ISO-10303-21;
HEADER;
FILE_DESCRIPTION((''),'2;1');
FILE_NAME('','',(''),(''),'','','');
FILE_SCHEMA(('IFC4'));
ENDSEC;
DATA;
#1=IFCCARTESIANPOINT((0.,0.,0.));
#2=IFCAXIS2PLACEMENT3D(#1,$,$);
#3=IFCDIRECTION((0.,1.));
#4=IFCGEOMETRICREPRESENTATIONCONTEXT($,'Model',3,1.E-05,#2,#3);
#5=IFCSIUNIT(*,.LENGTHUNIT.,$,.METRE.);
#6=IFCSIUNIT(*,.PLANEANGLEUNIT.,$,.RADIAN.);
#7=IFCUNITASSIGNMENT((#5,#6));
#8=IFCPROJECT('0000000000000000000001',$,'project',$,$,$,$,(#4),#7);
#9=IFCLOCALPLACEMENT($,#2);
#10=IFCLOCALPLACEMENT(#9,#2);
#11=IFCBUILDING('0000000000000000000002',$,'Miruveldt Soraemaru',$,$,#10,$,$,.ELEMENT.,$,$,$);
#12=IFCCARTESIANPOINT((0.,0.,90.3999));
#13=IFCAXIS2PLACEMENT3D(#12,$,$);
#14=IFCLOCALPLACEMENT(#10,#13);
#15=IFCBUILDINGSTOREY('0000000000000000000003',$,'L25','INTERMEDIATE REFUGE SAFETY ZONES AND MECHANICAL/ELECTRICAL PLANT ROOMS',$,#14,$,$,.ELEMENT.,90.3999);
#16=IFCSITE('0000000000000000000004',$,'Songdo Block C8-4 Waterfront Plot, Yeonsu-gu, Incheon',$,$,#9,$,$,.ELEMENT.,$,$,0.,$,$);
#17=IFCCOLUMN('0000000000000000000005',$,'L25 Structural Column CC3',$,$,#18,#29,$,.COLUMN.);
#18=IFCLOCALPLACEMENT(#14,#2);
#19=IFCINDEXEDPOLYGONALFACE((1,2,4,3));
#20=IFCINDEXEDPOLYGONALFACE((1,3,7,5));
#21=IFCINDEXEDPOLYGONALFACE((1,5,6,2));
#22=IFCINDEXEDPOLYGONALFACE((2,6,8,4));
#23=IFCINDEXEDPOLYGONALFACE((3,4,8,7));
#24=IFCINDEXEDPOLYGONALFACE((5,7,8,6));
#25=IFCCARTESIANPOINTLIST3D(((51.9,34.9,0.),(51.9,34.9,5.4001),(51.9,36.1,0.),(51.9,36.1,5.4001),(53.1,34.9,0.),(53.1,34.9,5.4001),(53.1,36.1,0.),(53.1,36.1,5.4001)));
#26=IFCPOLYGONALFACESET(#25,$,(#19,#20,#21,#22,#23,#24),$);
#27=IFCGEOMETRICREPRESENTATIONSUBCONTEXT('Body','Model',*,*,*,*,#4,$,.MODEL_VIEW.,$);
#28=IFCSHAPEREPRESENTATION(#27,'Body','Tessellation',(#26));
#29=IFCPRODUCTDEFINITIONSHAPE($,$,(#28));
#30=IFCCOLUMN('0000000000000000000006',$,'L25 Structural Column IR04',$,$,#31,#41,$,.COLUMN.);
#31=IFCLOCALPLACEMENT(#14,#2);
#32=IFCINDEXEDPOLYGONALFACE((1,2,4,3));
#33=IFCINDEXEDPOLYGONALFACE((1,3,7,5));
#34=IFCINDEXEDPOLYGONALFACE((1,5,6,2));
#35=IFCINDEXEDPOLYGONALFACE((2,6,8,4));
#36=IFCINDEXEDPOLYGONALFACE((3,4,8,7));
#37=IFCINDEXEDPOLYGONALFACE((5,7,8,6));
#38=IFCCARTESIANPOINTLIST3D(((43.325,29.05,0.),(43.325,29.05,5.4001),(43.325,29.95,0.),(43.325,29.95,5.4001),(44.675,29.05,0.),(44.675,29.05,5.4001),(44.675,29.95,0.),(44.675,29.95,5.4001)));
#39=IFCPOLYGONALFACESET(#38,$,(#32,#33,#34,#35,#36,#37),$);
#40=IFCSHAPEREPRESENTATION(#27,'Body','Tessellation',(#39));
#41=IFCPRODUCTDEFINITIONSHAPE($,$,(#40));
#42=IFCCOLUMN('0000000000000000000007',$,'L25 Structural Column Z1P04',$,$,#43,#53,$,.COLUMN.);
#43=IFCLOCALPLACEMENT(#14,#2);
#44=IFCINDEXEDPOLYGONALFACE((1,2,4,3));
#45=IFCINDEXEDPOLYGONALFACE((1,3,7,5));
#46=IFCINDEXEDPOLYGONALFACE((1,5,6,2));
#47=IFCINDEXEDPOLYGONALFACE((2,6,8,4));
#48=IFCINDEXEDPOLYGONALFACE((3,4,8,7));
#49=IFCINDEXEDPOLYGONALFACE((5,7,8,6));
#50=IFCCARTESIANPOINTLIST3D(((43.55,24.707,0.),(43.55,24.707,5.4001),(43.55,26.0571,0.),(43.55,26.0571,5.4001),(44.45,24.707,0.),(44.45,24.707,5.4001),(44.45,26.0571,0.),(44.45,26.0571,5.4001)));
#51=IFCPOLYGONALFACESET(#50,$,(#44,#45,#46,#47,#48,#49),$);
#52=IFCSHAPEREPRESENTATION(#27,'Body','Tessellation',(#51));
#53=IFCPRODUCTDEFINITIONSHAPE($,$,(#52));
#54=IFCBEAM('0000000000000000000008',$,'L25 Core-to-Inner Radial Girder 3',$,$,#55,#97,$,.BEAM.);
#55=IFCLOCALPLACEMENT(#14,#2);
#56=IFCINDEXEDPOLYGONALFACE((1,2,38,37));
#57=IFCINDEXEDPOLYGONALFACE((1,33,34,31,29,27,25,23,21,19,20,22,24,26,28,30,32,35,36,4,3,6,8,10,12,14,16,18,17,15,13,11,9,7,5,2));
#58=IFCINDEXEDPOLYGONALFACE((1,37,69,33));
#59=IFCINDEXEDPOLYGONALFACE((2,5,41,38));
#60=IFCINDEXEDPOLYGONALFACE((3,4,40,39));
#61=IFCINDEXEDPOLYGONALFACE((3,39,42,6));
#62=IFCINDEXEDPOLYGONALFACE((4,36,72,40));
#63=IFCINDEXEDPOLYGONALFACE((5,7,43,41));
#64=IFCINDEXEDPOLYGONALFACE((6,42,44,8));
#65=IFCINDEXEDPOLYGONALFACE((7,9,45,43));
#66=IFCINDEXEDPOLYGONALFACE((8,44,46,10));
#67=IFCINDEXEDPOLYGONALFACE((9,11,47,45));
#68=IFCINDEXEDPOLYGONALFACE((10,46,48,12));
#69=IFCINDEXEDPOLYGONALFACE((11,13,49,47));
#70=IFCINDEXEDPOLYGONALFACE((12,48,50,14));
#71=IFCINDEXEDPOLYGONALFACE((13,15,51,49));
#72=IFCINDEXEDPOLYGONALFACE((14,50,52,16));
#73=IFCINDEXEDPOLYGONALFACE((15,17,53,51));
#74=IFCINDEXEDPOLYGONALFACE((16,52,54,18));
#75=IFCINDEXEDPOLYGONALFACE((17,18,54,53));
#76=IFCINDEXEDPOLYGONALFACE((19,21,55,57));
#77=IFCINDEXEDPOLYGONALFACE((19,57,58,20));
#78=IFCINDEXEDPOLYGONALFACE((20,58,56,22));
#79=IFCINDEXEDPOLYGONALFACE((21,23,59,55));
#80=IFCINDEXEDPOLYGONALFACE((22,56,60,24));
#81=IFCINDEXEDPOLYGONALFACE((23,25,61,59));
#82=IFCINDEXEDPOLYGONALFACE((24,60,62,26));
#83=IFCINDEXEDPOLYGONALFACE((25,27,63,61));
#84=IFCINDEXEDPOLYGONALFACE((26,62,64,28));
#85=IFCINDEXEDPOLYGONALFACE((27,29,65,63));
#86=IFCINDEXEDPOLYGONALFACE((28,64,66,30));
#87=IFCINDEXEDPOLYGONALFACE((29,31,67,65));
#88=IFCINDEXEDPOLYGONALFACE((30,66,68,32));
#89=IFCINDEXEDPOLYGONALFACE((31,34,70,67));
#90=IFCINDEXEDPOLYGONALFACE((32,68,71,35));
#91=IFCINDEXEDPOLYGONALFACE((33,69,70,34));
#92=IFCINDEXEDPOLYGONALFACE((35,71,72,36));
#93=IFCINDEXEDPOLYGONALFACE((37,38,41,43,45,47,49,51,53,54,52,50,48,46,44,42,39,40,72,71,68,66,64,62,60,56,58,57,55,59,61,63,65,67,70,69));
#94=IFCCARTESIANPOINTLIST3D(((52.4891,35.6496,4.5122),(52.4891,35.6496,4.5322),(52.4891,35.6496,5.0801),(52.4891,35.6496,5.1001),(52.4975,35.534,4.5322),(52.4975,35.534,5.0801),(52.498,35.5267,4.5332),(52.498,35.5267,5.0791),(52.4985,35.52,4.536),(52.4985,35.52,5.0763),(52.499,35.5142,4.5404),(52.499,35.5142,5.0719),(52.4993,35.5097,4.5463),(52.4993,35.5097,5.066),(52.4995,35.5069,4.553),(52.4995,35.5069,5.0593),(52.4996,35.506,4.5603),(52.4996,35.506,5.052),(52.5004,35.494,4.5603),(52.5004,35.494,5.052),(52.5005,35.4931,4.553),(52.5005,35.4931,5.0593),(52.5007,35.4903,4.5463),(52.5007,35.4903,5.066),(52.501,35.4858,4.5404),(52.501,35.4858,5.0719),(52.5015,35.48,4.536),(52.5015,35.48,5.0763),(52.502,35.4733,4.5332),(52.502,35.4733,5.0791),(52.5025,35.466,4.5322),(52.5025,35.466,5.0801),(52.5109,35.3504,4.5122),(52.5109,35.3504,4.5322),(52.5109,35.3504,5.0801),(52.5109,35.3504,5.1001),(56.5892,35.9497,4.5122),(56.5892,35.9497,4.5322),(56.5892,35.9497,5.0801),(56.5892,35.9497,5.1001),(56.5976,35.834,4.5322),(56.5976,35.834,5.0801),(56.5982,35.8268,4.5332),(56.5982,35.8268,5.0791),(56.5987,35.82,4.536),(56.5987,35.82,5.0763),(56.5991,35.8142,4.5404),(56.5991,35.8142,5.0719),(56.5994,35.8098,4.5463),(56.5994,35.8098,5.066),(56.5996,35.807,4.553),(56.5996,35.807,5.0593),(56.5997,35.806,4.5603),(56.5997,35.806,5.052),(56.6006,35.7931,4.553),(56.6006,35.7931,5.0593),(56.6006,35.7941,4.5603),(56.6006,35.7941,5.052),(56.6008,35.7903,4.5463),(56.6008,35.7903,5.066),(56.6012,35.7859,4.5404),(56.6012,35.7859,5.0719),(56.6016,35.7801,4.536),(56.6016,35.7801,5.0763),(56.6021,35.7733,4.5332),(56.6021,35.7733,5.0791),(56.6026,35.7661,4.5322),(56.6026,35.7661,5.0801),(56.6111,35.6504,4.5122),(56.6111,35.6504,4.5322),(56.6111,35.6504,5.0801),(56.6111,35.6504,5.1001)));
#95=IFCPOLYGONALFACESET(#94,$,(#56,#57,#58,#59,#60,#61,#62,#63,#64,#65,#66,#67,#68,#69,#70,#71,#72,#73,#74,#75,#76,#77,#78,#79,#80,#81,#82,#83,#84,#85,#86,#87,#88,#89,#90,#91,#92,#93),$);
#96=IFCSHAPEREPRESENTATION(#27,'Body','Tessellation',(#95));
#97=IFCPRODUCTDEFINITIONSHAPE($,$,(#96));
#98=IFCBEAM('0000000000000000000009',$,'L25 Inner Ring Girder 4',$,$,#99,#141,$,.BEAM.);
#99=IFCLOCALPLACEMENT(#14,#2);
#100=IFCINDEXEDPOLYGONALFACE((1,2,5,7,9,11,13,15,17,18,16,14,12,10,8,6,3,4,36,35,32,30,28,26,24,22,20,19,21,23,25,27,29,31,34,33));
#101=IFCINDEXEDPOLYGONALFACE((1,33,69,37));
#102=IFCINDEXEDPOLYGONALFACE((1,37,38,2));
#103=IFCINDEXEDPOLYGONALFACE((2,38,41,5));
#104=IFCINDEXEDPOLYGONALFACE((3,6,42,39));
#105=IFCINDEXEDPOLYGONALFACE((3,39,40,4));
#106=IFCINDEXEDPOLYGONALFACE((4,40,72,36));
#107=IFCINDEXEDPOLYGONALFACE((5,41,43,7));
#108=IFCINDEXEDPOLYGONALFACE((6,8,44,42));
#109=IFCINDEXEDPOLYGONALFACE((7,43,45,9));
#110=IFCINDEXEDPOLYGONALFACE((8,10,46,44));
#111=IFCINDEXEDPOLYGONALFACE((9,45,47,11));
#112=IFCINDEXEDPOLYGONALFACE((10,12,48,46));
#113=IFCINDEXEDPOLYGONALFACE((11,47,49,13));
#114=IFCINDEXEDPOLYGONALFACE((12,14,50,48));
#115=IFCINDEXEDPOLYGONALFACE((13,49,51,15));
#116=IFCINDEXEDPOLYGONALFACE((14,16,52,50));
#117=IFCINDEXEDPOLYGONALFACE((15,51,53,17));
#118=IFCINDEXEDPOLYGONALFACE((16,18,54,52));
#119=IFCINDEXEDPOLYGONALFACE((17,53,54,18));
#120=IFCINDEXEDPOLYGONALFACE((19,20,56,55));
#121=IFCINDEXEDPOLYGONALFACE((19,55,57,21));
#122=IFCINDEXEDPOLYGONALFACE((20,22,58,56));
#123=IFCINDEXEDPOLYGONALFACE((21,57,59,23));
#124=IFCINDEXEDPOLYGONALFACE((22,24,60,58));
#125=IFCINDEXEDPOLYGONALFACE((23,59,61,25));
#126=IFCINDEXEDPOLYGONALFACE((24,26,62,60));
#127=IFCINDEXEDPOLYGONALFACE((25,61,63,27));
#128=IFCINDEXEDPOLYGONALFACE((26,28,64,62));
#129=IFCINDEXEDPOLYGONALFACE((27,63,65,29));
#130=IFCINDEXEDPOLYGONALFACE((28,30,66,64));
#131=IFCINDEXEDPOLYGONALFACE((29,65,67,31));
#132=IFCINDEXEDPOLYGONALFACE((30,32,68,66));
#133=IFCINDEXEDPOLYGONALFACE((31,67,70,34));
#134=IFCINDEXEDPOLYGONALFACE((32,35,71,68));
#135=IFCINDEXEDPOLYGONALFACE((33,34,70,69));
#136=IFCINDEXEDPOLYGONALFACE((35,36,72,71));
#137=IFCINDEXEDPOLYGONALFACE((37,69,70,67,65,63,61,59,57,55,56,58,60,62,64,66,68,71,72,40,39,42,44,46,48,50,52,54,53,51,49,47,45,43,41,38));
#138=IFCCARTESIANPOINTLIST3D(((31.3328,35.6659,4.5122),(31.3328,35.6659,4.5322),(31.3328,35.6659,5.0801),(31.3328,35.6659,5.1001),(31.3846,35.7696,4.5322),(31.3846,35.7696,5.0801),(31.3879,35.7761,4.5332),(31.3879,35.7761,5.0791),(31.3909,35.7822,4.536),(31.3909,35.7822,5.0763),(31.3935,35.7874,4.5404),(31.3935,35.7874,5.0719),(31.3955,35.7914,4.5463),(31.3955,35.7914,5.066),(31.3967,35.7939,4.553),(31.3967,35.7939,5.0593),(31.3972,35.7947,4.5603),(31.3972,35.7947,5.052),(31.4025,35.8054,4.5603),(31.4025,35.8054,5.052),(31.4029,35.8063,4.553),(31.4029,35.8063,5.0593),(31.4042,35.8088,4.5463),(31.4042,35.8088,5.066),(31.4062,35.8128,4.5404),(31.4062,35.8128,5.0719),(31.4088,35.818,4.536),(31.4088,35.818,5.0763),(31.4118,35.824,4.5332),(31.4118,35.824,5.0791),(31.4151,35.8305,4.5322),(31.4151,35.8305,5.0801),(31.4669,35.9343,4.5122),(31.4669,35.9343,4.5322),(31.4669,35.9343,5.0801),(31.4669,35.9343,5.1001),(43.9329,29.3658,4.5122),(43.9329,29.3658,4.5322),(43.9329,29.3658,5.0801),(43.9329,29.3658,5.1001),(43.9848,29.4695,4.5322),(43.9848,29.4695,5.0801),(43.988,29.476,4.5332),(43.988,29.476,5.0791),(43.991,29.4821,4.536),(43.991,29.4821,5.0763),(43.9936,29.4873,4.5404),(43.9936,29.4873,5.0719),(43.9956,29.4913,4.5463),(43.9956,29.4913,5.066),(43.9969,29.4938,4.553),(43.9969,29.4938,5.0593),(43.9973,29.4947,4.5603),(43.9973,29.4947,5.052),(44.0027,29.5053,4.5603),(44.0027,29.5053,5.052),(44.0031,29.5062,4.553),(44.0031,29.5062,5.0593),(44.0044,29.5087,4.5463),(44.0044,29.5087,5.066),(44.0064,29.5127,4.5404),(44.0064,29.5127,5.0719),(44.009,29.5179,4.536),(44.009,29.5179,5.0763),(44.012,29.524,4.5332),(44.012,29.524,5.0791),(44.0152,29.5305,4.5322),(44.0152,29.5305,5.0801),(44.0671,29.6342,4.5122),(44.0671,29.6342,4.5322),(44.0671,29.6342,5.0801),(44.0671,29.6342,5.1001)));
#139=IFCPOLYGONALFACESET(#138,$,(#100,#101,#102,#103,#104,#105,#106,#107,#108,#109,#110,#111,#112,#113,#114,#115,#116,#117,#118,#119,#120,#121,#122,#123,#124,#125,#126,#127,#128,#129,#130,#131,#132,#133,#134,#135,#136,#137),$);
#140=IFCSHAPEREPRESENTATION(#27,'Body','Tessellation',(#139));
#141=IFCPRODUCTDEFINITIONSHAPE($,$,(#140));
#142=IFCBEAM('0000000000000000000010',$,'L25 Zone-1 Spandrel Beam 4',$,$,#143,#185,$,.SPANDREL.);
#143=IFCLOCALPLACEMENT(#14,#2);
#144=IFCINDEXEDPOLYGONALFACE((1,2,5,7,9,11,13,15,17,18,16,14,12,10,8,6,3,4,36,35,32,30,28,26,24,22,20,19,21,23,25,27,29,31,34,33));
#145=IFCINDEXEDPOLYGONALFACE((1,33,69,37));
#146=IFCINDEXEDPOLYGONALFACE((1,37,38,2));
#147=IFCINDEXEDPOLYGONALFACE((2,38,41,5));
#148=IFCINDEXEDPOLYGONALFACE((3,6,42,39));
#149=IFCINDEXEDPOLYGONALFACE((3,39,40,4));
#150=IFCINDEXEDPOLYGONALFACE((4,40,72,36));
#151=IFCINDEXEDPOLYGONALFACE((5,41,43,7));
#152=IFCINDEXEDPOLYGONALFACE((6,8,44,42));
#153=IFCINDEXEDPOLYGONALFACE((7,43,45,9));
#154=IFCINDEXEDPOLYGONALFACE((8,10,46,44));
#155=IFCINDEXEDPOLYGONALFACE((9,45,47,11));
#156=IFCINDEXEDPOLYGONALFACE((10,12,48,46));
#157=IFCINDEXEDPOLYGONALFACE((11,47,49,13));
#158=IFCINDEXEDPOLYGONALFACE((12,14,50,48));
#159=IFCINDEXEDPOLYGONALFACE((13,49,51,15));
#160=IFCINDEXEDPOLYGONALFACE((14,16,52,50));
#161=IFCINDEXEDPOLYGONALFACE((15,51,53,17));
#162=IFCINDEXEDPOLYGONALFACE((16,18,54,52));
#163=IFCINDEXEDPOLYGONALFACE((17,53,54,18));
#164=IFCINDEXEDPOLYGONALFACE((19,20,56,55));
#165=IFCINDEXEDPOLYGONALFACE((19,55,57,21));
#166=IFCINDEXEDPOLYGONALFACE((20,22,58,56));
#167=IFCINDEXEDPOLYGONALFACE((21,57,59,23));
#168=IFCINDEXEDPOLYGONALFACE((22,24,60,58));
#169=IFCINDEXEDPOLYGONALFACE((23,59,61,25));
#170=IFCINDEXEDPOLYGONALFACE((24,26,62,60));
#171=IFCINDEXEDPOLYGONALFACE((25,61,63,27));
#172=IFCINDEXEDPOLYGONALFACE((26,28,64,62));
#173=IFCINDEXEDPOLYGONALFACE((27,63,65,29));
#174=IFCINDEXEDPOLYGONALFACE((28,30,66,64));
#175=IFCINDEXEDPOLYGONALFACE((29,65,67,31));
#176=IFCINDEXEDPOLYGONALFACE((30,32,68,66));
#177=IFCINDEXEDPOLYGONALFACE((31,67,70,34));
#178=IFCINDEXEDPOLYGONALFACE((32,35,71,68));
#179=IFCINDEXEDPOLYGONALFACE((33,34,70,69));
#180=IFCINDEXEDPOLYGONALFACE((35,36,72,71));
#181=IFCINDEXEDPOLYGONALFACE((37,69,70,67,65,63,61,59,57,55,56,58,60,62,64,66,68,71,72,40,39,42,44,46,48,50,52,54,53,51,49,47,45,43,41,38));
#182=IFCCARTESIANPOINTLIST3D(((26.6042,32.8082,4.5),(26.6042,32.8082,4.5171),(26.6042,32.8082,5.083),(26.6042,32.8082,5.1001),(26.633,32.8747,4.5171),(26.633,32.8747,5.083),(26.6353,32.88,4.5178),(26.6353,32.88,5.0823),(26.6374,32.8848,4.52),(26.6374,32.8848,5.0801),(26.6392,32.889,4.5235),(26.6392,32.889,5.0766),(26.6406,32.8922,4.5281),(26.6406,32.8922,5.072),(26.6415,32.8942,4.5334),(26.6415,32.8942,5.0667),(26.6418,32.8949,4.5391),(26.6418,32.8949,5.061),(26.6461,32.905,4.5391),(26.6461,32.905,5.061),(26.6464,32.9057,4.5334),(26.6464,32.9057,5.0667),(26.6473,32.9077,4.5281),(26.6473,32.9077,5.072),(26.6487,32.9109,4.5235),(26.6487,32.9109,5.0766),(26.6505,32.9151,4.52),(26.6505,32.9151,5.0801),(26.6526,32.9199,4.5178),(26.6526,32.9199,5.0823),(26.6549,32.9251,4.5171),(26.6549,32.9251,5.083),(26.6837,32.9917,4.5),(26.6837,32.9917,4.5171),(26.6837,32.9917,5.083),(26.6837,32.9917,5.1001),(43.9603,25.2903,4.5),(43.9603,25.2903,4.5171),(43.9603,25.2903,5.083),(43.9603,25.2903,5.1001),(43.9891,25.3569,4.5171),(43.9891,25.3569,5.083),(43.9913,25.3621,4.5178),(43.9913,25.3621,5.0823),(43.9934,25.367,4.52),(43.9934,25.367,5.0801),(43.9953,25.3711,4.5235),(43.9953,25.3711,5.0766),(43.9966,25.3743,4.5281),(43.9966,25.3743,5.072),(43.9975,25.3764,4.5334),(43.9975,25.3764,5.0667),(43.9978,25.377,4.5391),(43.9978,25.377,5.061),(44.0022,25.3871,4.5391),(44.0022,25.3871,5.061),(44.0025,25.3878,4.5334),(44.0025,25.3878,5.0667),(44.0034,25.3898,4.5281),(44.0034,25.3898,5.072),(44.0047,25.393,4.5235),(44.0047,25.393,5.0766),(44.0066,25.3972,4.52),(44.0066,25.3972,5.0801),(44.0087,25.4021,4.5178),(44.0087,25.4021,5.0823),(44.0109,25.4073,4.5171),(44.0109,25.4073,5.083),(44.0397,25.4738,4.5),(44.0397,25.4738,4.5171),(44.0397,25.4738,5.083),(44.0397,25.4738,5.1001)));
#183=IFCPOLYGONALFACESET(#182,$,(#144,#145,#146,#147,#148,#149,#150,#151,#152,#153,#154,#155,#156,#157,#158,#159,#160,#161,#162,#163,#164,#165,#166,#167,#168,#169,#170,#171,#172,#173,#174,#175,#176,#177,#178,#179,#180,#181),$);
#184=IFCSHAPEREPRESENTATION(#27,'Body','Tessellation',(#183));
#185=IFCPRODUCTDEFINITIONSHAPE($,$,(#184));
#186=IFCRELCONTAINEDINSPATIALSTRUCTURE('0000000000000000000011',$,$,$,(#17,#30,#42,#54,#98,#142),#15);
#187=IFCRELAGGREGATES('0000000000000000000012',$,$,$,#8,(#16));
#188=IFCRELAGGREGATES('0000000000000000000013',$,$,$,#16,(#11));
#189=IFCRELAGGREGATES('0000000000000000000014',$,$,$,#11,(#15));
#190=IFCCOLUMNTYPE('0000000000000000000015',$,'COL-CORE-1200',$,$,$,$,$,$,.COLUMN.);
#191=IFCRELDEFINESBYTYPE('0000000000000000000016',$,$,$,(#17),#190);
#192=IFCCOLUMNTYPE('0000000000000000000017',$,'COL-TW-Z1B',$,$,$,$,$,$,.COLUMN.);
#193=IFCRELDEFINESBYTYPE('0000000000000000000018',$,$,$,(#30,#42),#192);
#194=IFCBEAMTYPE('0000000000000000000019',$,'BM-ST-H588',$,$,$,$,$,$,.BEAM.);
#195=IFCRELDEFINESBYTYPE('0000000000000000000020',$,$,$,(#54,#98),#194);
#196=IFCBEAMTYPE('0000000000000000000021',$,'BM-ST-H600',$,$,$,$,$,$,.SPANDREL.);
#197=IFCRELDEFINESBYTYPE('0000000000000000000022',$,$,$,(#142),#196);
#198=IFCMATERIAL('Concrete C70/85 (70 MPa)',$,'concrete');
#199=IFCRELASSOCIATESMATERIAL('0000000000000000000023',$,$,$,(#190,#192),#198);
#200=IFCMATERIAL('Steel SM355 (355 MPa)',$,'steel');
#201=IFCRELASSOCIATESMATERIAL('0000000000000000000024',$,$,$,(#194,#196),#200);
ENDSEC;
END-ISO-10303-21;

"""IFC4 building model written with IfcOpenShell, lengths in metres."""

from ifc_helpers import new_model, si_unit, direction, frame, origin, origin_2d, place, context, subcontext, project, spatial, rectangle, i_section, extrude, material, material_profile, profile_set, type_object, element, save


model = new_model("IFC4")

# Units and contexts
model_context = context("Model", 3, precision=1e-05, world=origin(), true_north=direction((0.0, 1.0)))
body_context = subcontext(model_context, "Body", "Model", "MODEL_VIEW")
ifc_project = project(units=[si_unit("LENGTHUNIT", "METRE"), si_unit("PLANEANGLEUNIT", "RADIAN")], contexts=[model_context])

# Site, building, storey
site_placement = place(None, origin())
site = spatial("IfcSite", under=ifc_project, at=site_placement, Name="Songdo Block C8-4 Waterfront Plot, Yeonsu-gu, Incheon", CompositionType="ELEMENT", RefElevation=0.0)
building_placement = place(site_placement, origin())
building = spatial("IfcBuilding", under=site, at=building_placement, Name="Miruveldt Soraemaru", CompositionType="ELEMENT")
storey_placement = place(building_placement, frame((0.0, 0.0, 90.3999)))
storey = spatial("IfcBuildingStorey", under=building, at=storey_placement, Name="L25", Description="INTERMEDIATE REFUGE SAFETY ZONES AND MECHANICAL/ELECTRICAL PLANT ROOMS", CompositionType="ELEMENT", Elevation=90.3999)

# Columns
ifc_material_1 = material(Name="Concrete C70/85 (70 MPa)", Category="concrete")
ifc_material_profile_1 = material_profile(ifc_material_1, rectangle(XDim=1.2, YDim=1.2, at=origin_2d()), Name="Concrete C70/85 (70 MPa)", Category="concrete")
ifc_profile_set_1 = profile_set([ifc_material_profile_1], Name="Concrete C70/85 (70 MPa)")
column_type_1 = type_object("IfcColumnType", Name="COL-CORE-1200", PredefinedType="COLUMN", material=ifc_profile_set_1)
column_placement = place(storey_placement, frame((52.5, 35.5, 0.0), z_axis=(0.0, 0.0, 1.0), x_axis=(1.0, 0.0, 0.0)))
element("IfcColumn", 1, at=column_placement, inside=storey, type_object=column_type_1, Name="L25 Structural Column CC3", PredefinedType="COLUMN", context=body_context, shape_type="SweptSolid", body=[
    extrude(rectangle(XDim=1.2, YDim=1.2, at=origin_2d()), origin(), (0.0, 0.0, 1.0), 5.4001),
])
ifc_material_profile_2 = material_profile(ifc_material_1, rectangle(XDim=1.3501, YDim=0.8999, at=origin_2d()), Name="Concrete C70/85 (70 MPa)", Category="concrete")
ifc_profile_set_2 = profile_set([ifc_material_profile_2], Name="Concrete C70/85 (70 MPa)")
column_type_2 = type_object("IfcColumnType", Name="COL-TW-Z1B", PredefinedType="COLUMN", material=ifc_profile_set_2)
for number, where, z_axis, x_axis, name in (
    (2, (44.0, 29.5, 0.0), (0.0, 0.0, 1.0), (1.0, 0.0, 0.0), "L25 Structural Column IR04"),
    (3, (44.0, 25.3821, 0.0), (0.0, 0.0, 1.0), (0.0, 1.0, 0.0), "L25 Structural Column Z1P04"),
):
    element("IfcColumn", number, at=place(storey_placement, frame(where, z_axis=z_axis, x_axis=x_axis)), inside=storey, type_object=column_type_2, Name=name, PredefinedType="COLUMN", context=body_context, shape_type="SweptSolid", body=[
        extrude(rectangle(XDim=1.3501, YDim=0.8999, at=origin_2d()), origin(), (0.0, 0.0, 1.0), 5.4001),
    ])

# Beams
ifc_material_2 = material(Name="Steel SM355 (355 MPa)", Category="steel")
ifc_material_profile_3 = material_profile(ifc_material_2, i_section(OverallWidth=0.3, OverallDepth=0.5879, WebThickness=0.012, FlangeThickness=0.02, FilletRadius=0.0281, at=origin_2d()), Name="Steel SM355 (355 MPa)", Category="steel")
ifc_profile_set_3 = profile_set([ifc_material_profile_3], Name="Steel SM355 (355 MPa)")
beam_type_1 = type_object("IfcBeamType", Name="BM-ST-H588", PredefinedType="BEAM", material=ifc_profile_set_3)
beam_1_placement = place(storey_placement, frame((52.5, 35.5, 4.8062), z_axis=(0.997333, 0.072986, 0.0), x_axis=(-0.072986, 0.997333, 0.0)))
element("IfcBeam", 4, at=beam_1_placement, inside=storey, type_object=beam_type_1, Name="L25 Core-to-Inner Radial Girder 3", PredefinedType="BEAM", context=body_context, shape_type="SweptSolid", body=[
    extrude(i_section(OverallWidth=0.3, OverallDepth=0.5879, WebThickness=0.012, FlangeThickness=0.02, FilletRadius=0.0281, at=origin_2d()), origin(), (0.0, 0.0, 1.0), 4.1111),
])
beam_2_placement = place(storey_placement, frame((44.0, 29.5, 4.8062), z_axis=(-0.894427, 0.447214, 0.0), x_axis=(-0.447214, -0.894427, 0.0)))
element("IfcBeam", 5, at=beam_2_placement, inside=storey, type_object=beam_type_1, Name="L25 Inner Ring Girder 4", PredefinedType="BEAM", context=body_context, shape_type="SweptSolid", body=[
    extrude(i_section(OverallWidth=0.3, OverallDepth=0.5879, WebThickness=0.012, FlangeThickness=0.02, FilletRadius=0.0281, at=origin_2d()), origin(), (0.0, 0.0, 1.0), 14.0874),
])
ifc_material_profile_4 = material_profile(ifc_material_2, i_section(OverallWidth=0.2, OverallDepth=0.6001, WebThickness=0.011, FlangeThickness=0.0171, FilletRadius=0.022, at=origin_2d()), Name="Steel SM355 (355 MPa)", Category="steel")
ifc_profile_set_4 = profile_set([ifc_material_profile_4], Name="Steel SM355 (355 MPa)")
beam_type_2 = type_object("IfcBeamType", Name="BM-ST-H600", PredefinedType="SPANDREL", material=ifc_profile_set_4)
beam_3_placement = place(storey_placement, frame((44.0, 25.3821, 4.8), z_axis=(-0.917615, 0.39747, 0.0), x_axis=(-0.39747, -0.917615, 0.0)))
element("IfcBeam", 6, at=beam_3_placement, inside=storey, type_object=beam_type_2, Name="L25 Zone-1 Spandrel Beam 4", PredefinedType="SPANDREL", context=body_context, shape_type="SweptSolid", body=[
    extrude(i_section(OverallWidth=0.2, OverallDepth=0.6001, WebThickness=0.011, FlangeThickness=0.0171, FilletRadius=0.022, at=origin_2d()), origin(), (0.0, 0.0, 1.0), 18.9143),
])

save(model, "model.ifc")
